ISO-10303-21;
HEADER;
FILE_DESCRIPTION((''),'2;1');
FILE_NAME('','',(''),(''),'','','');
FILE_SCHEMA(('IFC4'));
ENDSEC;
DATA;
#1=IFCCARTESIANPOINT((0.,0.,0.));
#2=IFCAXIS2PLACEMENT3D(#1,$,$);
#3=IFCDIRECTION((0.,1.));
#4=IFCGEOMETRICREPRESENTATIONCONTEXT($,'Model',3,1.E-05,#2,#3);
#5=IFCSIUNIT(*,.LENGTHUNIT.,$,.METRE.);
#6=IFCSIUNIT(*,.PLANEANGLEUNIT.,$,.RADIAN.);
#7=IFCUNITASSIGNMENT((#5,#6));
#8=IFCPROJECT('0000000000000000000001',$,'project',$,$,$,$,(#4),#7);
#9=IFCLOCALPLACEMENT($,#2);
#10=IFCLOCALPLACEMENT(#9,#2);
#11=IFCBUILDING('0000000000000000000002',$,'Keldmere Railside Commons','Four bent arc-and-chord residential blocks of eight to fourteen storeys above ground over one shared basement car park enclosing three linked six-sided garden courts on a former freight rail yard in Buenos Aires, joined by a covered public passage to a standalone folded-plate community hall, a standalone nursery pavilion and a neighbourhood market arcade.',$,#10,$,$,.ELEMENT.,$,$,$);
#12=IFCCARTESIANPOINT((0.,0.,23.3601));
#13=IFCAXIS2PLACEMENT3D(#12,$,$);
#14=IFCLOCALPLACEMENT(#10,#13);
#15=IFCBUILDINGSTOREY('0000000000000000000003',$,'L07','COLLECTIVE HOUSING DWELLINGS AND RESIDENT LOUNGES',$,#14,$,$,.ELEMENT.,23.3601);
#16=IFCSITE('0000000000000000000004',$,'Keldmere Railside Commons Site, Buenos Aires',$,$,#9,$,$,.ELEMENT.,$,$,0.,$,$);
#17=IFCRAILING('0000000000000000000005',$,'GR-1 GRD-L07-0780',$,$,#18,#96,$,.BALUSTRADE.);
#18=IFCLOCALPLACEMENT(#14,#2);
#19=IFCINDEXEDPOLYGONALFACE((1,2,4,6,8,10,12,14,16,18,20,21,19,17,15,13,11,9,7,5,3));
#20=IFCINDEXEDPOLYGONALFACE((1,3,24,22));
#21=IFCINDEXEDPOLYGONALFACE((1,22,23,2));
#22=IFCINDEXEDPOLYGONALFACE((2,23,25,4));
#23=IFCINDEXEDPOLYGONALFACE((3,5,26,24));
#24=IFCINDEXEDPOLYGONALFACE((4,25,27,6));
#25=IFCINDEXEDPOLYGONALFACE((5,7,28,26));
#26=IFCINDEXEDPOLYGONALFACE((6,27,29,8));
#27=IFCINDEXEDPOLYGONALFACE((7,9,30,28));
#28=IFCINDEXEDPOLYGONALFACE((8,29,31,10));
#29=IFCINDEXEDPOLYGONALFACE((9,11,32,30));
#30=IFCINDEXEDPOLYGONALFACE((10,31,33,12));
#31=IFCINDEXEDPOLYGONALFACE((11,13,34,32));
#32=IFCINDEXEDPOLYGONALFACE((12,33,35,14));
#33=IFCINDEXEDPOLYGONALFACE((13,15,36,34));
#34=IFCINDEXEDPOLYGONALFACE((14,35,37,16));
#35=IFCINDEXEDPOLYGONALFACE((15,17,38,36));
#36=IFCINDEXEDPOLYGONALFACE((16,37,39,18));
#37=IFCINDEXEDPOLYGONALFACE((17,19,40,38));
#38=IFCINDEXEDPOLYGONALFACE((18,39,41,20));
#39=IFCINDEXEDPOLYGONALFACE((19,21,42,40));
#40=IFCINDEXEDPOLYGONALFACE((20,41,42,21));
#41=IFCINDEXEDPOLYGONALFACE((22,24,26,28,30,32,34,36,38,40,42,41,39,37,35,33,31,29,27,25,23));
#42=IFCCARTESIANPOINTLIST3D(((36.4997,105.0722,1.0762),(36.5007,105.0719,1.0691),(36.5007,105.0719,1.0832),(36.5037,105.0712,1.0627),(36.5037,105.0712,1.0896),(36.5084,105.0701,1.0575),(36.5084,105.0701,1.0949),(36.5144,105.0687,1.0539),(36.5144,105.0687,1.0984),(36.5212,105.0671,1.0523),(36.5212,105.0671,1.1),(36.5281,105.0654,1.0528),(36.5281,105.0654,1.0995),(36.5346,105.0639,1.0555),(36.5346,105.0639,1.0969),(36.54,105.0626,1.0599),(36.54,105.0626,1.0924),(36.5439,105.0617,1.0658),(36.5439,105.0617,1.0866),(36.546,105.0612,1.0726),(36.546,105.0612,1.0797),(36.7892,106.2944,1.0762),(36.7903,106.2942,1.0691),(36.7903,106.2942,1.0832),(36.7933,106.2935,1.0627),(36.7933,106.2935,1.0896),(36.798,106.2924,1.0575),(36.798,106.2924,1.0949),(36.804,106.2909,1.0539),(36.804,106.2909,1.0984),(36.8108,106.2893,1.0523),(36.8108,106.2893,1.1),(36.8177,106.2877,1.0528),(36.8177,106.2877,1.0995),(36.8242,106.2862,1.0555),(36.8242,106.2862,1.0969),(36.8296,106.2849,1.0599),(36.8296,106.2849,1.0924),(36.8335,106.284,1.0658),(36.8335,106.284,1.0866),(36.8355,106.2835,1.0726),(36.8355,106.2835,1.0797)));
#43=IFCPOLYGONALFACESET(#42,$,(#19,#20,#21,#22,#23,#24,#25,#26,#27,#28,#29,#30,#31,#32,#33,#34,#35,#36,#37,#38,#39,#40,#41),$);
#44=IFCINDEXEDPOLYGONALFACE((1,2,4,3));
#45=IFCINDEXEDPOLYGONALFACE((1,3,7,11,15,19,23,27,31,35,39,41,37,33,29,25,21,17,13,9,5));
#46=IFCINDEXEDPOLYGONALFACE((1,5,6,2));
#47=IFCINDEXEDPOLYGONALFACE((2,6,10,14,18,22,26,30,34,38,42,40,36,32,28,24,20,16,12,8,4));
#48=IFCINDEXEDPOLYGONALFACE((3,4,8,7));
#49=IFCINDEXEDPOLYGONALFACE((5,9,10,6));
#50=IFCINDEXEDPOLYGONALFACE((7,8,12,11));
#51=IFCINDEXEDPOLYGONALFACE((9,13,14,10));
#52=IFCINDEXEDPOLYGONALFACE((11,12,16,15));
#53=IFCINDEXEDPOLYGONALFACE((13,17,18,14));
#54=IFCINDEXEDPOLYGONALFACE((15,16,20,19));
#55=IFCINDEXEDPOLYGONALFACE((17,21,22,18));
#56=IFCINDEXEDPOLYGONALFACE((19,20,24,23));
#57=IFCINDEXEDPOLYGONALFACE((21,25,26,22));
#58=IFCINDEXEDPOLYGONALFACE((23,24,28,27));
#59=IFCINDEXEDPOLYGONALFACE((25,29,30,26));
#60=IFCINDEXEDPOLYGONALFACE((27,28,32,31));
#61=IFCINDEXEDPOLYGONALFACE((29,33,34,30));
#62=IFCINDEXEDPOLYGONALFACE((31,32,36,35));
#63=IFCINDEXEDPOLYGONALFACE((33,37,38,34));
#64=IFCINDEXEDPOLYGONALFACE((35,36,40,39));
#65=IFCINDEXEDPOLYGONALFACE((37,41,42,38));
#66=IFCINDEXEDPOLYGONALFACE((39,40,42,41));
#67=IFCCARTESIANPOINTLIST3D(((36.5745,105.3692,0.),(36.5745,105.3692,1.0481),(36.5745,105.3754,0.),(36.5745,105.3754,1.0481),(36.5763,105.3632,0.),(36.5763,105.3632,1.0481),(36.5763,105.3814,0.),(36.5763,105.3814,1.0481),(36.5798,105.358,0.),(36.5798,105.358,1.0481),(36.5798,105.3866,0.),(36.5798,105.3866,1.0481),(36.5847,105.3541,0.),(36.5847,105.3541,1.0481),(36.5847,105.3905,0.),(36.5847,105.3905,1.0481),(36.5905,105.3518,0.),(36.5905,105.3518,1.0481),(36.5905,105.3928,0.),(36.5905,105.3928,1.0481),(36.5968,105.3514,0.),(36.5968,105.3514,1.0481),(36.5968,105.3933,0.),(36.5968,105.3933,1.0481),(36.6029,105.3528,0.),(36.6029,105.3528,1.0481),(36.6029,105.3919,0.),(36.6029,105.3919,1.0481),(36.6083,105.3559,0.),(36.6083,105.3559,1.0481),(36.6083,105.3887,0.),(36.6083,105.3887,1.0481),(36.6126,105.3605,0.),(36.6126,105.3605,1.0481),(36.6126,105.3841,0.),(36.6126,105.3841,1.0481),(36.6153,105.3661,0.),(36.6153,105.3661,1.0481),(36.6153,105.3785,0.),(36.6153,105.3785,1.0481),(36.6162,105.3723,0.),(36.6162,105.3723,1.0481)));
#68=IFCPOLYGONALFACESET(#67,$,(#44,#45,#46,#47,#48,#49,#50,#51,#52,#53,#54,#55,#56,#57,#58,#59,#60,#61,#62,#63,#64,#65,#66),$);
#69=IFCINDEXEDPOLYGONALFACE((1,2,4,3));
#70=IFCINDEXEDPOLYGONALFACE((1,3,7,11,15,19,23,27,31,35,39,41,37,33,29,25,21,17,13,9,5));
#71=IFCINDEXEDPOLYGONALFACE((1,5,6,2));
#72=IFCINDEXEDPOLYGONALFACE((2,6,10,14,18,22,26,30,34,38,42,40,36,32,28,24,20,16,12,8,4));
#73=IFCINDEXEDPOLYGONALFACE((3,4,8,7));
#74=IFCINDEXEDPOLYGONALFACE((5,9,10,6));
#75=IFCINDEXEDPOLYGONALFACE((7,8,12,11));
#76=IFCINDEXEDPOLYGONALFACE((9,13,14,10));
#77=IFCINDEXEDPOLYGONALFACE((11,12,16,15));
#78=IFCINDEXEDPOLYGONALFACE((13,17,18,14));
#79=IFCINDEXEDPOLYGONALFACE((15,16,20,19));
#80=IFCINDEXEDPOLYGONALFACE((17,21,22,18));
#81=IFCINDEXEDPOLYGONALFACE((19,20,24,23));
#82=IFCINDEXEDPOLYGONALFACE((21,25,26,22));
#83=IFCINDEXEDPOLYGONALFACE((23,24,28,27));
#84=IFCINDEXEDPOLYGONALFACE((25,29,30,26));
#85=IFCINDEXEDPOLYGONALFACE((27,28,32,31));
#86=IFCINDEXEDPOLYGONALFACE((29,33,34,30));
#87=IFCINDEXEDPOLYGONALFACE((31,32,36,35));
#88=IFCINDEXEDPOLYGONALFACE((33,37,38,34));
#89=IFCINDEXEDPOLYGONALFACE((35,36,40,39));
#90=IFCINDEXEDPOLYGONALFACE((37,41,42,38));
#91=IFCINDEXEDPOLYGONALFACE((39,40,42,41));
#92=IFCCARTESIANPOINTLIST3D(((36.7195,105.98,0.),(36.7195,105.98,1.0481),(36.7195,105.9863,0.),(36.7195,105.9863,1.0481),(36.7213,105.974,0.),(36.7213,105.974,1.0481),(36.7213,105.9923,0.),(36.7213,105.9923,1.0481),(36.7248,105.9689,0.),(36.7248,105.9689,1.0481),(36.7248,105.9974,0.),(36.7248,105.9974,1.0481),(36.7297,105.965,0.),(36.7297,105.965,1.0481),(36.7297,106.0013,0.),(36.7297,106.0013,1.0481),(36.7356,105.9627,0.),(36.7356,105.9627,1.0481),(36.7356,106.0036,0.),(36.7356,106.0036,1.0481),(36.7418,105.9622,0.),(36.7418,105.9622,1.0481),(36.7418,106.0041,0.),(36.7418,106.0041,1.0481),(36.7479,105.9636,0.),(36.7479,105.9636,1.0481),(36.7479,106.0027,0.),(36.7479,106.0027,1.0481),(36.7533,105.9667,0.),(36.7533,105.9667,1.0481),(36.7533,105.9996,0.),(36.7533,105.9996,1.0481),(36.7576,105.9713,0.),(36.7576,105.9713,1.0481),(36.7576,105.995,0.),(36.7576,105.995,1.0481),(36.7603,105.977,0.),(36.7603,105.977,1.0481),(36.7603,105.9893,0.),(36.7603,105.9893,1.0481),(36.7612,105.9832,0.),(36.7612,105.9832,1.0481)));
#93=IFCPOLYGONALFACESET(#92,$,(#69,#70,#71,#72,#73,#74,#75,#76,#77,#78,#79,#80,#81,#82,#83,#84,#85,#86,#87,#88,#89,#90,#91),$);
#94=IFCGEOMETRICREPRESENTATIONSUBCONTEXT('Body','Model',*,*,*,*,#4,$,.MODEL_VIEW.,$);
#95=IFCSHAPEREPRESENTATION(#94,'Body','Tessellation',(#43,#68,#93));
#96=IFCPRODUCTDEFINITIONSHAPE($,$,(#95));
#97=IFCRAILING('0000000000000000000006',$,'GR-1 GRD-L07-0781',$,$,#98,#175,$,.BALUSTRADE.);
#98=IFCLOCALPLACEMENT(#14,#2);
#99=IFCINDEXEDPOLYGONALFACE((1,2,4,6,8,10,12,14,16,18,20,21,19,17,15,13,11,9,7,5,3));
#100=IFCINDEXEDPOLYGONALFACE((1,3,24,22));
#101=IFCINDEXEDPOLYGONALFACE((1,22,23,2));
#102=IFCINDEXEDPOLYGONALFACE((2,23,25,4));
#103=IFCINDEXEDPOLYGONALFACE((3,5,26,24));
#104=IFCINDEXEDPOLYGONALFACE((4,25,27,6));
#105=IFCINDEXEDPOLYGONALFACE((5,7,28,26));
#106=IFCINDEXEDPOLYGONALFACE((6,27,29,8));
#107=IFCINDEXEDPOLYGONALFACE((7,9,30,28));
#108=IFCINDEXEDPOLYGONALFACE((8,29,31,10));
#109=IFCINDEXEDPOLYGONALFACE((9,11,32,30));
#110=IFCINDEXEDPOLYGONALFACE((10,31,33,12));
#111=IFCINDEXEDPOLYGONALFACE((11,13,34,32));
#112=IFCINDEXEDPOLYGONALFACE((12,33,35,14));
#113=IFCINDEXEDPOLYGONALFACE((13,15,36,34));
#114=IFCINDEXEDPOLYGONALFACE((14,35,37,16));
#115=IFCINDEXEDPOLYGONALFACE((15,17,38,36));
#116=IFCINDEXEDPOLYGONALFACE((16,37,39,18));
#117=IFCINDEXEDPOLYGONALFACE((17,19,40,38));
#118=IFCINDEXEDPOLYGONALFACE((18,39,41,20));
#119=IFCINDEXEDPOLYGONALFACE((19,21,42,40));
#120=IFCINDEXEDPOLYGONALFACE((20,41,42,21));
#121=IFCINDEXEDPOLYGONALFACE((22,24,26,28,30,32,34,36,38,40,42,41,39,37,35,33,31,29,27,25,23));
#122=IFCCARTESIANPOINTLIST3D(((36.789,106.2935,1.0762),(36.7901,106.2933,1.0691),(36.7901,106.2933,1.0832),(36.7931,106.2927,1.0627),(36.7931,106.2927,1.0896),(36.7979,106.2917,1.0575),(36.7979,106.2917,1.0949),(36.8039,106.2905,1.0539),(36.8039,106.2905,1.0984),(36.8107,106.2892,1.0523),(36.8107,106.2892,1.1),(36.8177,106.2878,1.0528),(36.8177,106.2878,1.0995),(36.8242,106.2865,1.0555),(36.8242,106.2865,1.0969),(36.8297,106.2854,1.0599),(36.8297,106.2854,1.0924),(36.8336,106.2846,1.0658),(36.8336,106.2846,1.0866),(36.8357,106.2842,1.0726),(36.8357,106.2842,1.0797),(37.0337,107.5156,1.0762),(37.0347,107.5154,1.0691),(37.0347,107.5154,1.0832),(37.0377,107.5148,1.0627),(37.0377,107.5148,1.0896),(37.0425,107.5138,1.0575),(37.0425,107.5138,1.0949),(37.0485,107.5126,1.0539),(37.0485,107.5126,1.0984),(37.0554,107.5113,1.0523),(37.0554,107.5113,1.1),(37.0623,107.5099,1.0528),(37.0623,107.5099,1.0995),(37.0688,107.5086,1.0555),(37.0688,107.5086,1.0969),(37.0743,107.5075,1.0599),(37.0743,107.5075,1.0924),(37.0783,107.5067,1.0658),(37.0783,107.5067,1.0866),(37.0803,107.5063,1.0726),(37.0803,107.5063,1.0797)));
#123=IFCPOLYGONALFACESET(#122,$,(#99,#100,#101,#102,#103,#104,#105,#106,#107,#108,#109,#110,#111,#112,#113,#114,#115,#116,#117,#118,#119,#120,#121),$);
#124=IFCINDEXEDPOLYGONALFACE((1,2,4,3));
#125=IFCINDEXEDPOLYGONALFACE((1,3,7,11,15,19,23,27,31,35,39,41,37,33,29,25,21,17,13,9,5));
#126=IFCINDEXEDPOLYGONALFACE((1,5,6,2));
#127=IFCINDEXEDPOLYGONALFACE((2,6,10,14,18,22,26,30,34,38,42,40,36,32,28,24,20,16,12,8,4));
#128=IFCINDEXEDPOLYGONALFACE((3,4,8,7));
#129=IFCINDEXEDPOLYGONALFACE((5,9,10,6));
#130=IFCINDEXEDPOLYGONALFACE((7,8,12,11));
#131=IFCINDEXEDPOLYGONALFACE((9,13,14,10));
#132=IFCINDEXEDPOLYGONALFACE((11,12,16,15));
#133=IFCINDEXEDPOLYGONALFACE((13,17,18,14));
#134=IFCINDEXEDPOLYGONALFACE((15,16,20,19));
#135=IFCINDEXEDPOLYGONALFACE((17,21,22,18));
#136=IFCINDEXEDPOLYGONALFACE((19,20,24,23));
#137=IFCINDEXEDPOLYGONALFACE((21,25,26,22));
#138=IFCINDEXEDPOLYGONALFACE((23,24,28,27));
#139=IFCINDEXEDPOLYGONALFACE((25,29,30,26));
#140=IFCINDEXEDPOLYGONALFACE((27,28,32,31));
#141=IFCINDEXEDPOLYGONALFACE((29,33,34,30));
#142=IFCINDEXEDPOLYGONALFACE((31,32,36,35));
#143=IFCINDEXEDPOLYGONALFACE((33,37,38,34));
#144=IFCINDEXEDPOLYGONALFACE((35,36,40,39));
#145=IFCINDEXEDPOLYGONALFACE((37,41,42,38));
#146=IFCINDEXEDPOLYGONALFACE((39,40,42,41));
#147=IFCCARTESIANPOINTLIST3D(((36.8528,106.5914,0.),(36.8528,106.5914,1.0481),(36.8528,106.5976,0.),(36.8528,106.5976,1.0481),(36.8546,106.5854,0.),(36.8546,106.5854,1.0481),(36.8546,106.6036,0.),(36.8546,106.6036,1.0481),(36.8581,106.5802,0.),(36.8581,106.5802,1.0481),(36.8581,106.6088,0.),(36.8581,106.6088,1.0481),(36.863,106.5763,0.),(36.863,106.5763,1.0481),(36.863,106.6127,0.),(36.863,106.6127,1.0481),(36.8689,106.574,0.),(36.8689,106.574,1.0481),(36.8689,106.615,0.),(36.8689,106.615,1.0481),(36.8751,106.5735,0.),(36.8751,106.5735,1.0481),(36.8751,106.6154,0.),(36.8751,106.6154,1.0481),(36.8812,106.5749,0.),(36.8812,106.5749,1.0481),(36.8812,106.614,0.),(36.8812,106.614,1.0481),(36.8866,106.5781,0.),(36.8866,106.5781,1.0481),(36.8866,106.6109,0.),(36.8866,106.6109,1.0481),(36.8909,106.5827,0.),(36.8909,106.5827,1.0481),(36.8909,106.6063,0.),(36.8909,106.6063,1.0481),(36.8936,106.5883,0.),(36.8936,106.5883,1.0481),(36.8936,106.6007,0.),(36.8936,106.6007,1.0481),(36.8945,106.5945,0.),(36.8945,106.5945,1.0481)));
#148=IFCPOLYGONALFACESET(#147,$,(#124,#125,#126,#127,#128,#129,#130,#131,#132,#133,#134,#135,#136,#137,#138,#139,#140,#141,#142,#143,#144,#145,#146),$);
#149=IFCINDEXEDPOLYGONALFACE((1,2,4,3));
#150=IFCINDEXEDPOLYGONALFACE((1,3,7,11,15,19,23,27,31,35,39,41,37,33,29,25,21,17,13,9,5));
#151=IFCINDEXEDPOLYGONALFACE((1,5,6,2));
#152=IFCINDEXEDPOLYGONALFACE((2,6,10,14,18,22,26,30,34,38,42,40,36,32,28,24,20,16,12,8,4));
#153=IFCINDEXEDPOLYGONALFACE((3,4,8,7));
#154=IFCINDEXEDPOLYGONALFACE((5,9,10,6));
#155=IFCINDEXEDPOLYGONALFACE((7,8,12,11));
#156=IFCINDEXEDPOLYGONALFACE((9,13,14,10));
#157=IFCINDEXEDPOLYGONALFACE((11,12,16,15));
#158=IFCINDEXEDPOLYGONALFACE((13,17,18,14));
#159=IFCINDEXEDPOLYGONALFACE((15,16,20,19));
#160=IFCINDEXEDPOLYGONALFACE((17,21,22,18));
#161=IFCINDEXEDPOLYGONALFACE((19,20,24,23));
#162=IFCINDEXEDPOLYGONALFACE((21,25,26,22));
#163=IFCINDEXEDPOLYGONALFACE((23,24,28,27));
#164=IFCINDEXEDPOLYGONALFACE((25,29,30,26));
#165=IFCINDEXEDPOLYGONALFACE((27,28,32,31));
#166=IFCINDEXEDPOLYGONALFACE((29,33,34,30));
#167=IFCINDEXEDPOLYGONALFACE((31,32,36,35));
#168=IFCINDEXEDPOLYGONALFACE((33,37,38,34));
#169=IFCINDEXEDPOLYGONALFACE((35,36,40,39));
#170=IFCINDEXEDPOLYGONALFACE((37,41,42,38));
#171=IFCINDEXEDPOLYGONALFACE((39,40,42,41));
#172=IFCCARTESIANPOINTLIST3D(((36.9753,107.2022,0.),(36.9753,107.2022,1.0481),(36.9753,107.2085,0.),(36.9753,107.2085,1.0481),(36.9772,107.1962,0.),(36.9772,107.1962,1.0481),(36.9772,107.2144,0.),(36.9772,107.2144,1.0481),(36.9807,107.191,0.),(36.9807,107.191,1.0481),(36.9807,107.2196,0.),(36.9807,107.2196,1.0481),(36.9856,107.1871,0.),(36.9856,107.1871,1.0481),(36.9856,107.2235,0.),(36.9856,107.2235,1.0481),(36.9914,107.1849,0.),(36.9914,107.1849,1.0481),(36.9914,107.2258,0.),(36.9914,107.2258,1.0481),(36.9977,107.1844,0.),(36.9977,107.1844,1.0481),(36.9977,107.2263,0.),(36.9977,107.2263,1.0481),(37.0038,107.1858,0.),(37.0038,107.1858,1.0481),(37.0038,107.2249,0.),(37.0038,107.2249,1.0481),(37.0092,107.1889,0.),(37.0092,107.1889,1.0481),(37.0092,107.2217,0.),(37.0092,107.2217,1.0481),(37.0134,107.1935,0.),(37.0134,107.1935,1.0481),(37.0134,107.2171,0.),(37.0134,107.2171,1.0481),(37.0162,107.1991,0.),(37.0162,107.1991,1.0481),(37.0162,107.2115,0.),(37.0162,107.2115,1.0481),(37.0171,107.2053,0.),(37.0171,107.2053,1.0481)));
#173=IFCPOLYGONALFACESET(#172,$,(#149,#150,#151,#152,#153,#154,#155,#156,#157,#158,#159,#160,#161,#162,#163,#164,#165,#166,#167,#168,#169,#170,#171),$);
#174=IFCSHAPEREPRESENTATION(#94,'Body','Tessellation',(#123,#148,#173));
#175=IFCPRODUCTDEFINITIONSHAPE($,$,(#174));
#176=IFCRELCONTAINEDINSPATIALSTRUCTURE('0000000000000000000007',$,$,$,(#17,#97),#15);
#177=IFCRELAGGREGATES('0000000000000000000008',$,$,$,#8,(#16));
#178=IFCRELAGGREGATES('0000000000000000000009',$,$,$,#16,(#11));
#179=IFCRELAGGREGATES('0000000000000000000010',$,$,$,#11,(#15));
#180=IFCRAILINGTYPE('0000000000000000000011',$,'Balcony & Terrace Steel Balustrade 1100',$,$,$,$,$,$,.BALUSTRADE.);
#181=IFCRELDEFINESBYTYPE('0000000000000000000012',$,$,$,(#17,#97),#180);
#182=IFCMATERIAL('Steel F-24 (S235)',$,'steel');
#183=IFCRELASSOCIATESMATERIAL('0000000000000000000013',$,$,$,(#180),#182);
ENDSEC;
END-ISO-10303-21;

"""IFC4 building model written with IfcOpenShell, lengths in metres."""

from ifc_helpers import new_model, si_unit, direction, frame, origin, origin_2d, place, context, subcontext, project, spatial, circle, extrude, material, type_object, element, save


model = new_model("IFC4")

# Units and contexts
model_context = context("Model", 3, precision=1e-05, world=origin(), true_north=direction((0.0, 1.0)))
body_context = subcontext(model_context, "Body", "Model", "MODEL_VIEW")
ifc_project = project(units=[si_unit("LENGTHUNIT", "METRE"), si_unit("PLANEANGLEUNIT", "RADIAN")], contexts=[model_context])

# Site, building, storey
site_placement = place(None, origin())
site = spatial("IfcSite", under=ifc_project, at=site_placement, Name="Keldmere Railside Commons Site, Buenos Aires", CompositionType="ELEMENT", RefElevation=0.0)
building_placement = place(site_placement, origin())
building = spatial("IfcBuilding", under=site, at=building_placement, Name="Keldmere Railside Commons", Description="Four bent arc-and-chord residential blocks of eight to fourteen storeys above ground over one shared basement car park enclosing three linked six-sided garden courts on a former freight rail yard in Buenos Aires, joined by a covered public passage to a standalone folded-plate community hall, a standalone nursery pavilion and a neighbourhood market arcade.", CompositionType="ELEMENT")
storey_placement = place(building_placement, frame((0.0, 0.0, 23.3601)))
storey = spatial("IfcBuildingStorey", under=building, at=storey_placement, Name="L07", Description="COLLECTIVE HOUSING DWELLINGS AND RESIDENT LOUNGES", CompositionType="ELEMENT", Elevation=23.3601)

# Shared definitions
ifc_material_1 = material(Name="Steel F-24 (S235)", Category="steel")

# Railings
railing_type_1 = type_object("IfcRailingType", Name="Balcony & Terrace Steel Balustrade 1100", PredefinedType="BALUSTRADE", material=ifc_material_1)
railing_1_placement = place(storey_placement, frame((36.5229, 105.0667, 0.0)))
element("IfcRailing", 1, at=railing_1_placement, inside=storey, type_object=railing_type_1, Name="GR-1 GRD-L07-0780", PredefinedType="BALUSTRADE", context=body_context, shape_type="SweptSolid", body=[
    extrude(circle(Radius=0.0239, at=origin_2d()), frame((0.0, 0.0, 1.0762), z_axis=(0.230534, 0.973064, 0.0), x_axis=(-0.973064, 0.230534, 0.0)), (0.0, 0.0, 1.0), 1.2561),
    extrude(circle(Radius=0.021, at=origin_2d()), frame((0.0723, 0.3057, 0.0)), (0.0, 0.0, 1.0), 1.0481),
    extrude(circle(Radius=0.021, at=origin_2d()), frame((0.2173, 0.9165, 0.0)), (0.0, 0.0, 1.0), 1.0481),
])
railing_2_placement = place(storey_placement, frame((36.8125, 106.2888, 0.0)))
element("IfcRailing", 2, at=railing_2_placement, inside=storey, type_object=railing_type_1, Name="GR-1 GRD-L07-0781", PredefinedType="BALUSTRADE", context=body_context, shape_type="SweptSolid", body=[
    extrude(circle(Radius=0.0239, at=origin_2d()), frame((0.0, 0.0, 1.0762), z_axis=(0.196267, 0.980551, 0.0), x_axis=(-0.980551, 0.196267, 0.0)), (0.0, 0.0, 1.0), 1.2463),
    extrude(circle(Radius=0.021, at=origin_2d()), frame((0.061, 0.3057, 0.0)), (0.0, 0.0, 1.0), 1.0481),
    extrude(circle(Radius=0.021, at=origin_2d()), frame((0.1836, 0.9165, 0.0)), (0.0, 0.0, 1.0), 1.0481),
])

save(model, "model.ifc")
